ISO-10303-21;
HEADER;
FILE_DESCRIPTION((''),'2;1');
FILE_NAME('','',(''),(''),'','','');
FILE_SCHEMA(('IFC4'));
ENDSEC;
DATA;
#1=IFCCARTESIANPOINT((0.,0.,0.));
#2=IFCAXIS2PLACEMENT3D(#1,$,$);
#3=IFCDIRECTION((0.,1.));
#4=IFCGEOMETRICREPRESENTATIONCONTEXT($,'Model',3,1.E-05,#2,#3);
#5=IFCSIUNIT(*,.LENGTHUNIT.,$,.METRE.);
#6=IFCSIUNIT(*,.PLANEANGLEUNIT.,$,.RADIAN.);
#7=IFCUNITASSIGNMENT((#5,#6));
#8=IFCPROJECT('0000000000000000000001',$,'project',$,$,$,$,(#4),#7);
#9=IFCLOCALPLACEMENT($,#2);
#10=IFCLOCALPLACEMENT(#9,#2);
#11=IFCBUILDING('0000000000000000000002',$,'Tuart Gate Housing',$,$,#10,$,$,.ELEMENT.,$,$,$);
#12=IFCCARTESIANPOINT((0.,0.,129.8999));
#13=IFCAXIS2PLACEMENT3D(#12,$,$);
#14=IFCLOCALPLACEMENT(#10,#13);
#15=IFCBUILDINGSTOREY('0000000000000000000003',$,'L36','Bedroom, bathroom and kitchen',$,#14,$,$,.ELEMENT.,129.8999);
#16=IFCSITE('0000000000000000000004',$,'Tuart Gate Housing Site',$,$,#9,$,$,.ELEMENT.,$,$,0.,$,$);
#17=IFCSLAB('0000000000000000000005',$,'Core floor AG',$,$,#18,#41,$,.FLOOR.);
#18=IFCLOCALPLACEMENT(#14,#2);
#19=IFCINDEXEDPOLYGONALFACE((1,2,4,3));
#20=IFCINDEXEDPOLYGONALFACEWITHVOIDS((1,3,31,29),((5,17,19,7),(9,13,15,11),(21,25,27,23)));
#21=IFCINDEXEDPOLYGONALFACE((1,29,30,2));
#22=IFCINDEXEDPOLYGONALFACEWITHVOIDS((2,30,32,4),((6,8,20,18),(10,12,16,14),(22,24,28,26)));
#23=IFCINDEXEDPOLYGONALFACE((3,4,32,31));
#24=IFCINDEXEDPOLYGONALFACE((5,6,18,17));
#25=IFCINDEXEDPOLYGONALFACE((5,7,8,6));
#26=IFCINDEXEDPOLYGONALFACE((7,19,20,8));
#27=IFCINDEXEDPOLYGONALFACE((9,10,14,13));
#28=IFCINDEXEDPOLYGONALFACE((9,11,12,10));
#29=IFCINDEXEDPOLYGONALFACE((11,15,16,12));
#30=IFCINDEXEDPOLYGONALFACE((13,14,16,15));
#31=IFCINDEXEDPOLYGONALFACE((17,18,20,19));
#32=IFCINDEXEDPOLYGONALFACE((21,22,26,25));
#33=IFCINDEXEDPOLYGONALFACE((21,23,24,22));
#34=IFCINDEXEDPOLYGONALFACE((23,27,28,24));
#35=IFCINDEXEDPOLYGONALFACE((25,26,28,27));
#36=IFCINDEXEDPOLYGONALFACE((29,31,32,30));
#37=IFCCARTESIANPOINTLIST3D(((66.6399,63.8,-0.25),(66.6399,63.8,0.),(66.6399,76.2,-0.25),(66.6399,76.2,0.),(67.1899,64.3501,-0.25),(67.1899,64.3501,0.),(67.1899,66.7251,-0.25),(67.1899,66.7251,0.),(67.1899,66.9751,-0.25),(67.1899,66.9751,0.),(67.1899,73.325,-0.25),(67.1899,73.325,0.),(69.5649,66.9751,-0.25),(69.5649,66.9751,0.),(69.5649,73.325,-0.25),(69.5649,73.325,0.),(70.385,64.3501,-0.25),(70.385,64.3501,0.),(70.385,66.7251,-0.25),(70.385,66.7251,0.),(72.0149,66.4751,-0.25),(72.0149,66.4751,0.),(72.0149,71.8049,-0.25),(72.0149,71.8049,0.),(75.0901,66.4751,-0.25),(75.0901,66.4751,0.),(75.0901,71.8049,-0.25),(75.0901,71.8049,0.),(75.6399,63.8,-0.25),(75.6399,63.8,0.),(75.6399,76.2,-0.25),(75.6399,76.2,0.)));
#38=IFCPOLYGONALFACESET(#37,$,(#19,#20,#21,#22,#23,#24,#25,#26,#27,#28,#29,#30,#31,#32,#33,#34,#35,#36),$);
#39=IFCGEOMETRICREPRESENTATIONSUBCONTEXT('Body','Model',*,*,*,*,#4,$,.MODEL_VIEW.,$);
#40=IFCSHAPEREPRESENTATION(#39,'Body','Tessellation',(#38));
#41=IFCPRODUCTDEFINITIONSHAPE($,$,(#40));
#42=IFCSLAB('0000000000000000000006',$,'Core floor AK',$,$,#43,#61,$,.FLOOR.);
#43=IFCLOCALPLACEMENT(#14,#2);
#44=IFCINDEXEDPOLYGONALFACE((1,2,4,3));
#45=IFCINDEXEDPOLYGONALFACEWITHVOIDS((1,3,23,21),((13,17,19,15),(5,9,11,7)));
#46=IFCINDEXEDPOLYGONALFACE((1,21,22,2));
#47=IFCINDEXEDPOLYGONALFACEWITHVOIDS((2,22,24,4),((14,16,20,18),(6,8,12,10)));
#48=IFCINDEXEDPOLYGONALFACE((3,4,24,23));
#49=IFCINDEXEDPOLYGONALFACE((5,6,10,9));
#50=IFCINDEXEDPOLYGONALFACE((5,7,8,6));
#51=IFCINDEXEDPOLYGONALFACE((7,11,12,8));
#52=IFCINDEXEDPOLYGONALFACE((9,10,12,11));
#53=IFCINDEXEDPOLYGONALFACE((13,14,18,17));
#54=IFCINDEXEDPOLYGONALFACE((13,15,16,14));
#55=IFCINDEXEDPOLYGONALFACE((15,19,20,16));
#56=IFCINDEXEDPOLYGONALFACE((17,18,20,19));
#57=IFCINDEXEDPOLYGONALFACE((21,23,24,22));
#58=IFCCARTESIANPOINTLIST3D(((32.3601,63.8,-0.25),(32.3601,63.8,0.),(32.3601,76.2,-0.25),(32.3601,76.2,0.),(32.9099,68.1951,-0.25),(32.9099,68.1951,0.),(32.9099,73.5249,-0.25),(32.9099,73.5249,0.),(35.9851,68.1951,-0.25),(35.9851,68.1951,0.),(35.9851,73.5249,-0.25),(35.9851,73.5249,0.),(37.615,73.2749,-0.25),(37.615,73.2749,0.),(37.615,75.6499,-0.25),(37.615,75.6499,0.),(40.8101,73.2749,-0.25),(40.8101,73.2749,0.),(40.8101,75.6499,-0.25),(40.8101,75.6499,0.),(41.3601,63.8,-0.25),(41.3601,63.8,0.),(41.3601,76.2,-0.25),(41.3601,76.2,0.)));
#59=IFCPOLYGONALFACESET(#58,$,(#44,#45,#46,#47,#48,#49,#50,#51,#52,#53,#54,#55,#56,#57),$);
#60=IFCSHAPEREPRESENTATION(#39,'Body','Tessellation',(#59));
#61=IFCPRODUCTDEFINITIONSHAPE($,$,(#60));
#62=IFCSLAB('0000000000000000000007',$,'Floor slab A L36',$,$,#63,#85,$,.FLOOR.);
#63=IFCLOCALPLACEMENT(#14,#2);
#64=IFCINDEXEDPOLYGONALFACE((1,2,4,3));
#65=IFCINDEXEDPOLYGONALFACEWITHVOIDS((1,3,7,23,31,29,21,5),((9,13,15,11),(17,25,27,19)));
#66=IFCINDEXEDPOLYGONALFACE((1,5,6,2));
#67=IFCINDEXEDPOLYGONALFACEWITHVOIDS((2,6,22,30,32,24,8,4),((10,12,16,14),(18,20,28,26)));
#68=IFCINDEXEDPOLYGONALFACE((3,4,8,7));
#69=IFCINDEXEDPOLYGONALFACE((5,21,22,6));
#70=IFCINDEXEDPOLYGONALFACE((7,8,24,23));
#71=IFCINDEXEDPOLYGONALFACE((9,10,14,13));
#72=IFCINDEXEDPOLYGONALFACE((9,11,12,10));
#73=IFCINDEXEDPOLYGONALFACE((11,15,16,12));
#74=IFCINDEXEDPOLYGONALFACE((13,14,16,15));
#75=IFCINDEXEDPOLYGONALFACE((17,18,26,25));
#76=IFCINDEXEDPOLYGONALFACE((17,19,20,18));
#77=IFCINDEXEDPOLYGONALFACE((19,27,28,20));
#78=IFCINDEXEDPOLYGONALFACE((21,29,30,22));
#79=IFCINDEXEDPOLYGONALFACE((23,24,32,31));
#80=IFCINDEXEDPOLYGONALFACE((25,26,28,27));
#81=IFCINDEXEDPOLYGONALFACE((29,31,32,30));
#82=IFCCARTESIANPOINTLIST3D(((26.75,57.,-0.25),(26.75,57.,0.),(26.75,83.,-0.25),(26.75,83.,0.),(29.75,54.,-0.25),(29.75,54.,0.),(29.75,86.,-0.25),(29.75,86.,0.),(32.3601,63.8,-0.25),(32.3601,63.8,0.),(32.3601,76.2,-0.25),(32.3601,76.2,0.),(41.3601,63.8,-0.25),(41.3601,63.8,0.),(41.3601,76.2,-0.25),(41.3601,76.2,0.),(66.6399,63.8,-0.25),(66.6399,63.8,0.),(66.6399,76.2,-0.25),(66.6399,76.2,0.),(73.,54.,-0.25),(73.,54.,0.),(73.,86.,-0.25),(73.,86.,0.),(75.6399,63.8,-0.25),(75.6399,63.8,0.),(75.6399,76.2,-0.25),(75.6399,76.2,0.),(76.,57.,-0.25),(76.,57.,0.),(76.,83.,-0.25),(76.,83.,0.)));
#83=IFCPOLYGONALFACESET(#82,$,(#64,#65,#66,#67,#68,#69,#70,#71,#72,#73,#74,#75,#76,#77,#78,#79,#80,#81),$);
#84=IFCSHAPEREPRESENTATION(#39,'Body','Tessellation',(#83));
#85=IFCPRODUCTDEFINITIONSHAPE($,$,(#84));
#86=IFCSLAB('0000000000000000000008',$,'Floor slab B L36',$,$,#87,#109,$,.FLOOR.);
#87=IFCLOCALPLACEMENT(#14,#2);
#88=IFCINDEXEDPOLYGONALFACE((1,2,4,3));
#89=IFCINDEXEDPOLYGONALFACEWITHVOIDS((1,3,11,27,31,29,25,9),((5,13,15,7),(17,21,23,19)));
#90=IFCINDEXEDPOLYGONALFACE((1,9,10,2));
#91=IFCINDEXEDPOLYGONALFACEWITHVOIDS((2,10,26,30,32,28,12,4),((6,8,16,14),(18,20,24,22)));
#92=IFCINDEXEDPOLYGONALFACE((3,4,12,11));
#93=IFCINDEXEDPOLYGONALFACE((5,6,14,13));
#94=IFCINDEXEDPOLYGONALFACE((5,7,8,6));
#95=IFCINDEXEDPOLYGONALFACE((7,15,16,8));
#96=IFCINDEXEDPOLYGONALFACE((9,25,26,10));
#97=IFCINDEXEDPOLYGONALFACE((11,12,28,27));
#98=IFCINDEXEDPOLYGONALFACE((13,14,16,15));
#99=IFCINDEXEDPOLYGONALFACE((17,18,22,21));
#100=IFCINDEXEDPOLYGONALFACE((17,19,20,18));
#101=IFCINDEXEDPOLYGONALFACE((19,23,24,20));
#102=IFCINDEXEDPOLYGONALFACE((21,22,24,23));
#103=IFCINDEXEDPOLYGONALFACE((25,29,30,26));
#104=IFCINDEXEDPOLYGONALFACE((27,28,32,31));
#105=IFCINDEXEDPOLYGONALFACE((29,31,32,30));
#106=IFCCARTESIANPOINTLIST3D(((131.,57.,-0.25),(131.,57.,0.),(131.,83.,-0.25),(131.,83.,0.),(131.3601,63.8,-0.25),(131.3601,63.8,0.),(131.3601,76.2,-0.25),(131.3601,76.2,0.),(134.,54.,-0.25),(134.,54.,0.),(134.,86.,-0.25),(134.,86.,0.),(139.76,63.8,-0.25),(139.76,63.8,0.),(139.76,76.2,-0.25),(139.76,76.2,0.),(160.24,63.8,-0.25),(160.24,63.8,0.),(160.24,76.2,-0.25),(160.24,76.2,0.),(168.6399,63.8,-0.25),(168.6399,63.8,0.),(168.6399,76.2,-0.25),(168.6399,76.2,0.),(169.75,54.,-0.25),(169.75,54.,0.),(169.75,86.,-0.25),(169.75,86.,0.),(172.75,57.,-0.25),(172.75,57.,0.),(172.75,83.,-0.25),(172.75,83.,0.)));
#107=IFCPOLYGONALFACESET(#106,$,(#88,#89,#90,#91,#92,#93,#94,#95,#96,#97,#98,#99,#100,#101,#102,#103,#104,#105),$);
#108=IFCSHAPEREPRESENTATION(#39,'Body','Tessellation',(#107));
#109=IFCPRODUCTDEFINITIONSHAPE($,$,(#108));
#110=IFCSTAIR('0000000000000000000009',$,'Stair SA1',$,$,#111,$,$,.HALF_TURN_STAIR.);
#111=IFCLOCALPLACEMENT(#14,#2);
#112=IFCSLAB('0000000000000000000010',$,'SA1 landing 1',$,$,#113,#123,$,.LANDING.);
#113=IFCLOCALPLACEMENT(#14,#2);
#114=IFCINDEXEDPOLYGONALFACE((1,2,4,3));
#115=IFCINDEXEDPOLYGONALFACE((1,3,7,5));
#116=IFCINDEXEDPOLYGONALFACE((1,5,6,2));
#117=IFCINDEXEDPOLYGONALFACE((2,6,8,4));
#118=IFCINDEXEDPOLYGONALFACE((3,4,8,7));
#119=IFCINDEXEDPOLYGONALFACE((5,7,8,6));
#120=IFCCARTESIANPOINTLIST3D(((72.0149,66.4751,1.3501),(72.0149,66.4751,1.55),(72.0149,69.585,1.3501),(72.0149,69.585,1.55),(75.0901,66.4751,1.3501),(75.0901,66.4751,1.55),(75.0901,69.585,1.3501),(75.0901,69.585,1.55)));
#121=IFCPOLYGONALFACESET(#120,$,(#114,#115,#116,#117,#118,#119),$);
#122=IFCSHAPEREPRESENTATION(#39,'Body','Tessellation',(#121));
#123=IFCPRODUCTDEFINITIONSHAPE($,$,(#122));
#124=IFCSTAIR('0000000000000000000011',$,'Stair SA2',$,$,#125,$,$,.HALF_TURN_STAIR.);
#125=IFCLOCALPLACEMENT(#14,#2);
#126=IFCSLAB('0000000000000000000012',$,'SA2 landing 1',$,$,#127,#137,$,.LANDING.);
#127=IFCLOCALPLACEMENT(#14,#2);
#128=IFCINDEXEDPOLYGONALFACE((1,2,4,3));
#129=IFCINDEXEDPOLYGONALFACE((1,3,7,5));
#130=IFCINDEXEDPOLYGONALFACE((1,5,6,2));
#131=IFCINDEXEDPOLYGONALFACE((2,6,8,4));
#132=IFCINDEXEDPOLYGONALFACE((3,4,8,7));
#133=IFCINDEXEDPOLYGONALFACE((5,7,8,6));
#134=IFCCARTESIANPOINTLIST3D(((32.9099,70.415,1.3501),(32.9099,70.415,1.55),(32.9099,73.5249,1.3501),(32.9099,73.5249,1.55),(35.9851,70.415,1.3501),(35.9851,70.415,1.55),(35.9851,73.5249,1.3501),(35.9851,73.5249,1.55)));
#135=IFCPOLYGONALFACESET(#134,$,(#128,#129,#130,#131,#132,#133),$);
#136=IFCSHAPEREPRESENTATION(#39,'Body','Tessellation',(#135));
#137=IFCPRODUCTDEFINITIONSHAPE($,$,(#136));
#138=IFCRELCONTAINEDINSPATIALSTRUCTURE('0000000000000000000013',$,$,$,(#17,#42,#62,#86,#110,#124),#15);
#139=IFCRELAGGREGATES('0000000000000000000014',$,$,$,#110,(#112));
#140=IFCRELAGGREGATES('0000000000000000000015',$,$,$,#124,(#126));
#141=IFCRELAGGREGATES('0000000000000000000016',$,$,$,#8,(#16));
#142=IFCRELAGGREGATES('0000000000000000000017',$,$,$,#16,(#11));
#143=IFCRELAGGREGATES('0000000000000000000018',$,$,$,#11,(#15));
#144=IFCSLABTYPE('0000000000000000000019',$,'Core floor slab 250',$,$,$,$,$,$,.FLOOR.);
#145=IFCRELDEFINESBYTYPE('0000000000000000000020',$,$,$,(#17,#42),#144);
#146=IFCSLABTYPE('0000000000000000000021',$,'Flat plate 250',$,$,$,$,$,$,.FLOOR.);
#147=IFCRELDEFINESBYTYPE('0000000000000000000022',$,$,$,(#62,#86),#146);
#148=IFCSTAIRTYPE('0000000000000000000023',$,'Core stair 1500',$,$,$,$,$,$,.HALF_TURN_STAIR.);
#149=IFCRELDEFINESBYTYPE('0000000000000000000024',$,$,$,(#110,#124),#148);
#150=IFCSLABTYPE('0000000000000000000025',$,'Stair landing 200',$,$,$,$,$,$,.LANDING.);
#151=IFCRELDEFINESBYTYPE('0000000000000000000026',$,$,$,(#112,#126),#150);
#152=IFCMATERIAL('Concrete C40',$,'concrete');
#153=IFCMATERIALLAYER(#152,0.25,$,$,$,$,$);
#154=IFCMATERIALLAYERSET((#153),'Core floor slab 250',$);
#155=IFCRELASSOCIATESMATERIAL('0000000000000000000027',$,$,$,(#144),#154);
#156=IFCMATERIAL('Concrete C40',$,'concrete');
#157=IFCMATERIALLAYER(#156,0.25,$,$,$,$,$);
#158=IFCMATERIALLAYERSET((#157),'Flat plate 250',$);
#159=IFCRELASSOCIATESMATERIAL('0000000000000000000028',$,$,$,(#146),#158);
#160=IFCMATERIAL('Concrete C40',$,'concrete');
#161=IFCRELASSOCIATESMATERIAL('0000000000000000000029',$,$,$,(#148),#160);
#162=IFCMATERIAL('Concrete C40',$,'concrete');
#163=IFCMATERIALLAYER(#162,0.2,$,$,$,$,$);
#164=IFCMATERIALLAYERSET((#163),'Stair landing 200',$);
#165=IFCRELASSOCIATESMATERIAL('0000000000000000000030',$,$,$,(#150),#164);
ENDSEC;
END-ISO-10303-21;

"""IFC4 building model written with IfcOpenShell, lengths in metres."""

from ifc_helpers import new_model, si_unit, direction, frame, origin, place, context, subcontext, project, spatial, polyline, outline, extrude, material, layer, layer_set, type_object, element, aggregate, save


model = new_model("IFC4")

# Units and contexts
model_context = context("Model", 3, precision=1e-05, world=origin(), true_north=direction((0.0, 1.0)))
body_context = subcontext(model_context, "Body", "Model", "MODEL_VIEW")
ifc_project = project(units=[si_unit("LENGTHUNIT", "METRE"), si_unit("PLANEANGLEUNIT", "RADIAN")], contexts=[model_context])

# Site, building, storey
site_placement = place(None, origin())
site = spatial("IfcSite", under=ifc_project, at=site_placement, Name="Tuart Gate Housing Site", CompositionType="ELEMENT", RefElevation=0.0)
building_placement = place(site_placement, origin())
building = spatial("IfcBuilding", under=site, at=building_placement, Name="Tuart Gate Housing", CompositionType="ELEMENT")
storey_placement = place(building_placement, frame((0.0, 0.0, 129.8999)))
storey = spatial("IfcBuildingStorey", under=building, at=storey_placement, Name="L36", Description="Bedroom, bathroom and kitchen", CompositionType="ELEMENT", Elevation=129.8999)

# Slabs
ifc_material_1 = material(Name="Concrete C40", Category="concrete")
ifc_layer_1 = layer(ifc_material_1, 0.25)
ifc_layer_set_1 = layer_set([ifc_layer_1], Name="Core floor slab 250")
slab_type_1 = type_object("IfcSlabType", Name="Core floor slab 250", PredefinedType="FLOOR", material=ifc_layer_set_1)
slab_1_placement = place(storey_placement, frame((0.0, 0.0, -0.25)))
element("IfcSlab", 1, at=slab_1_placement, inside=storey, type_object=slab_type_1, Name="Core floor AG", PredefinedType="FLOOR", context=body_context, shape_type="SweptSolid", body=[
    extrude(outline(polyline([(66.6399, 63.8), (75.6399, 63.8), (75.6399, 76.2), (66.6399, 76.2), (66.6399, 63.8)]), holes=[polyline([(67.1899, 64.3501), (70.385, 64.3501), (70.385, 66.7251), (67.1899, 66.7251), (67.1899, 64.3501)]), polyline([(67.1899, 66.9751), (69.5649, 66.9751), (69.5649, 73.325), (67.1899, 73.325), (67.1899, 66.9751)]), polyline([(72.0149, 66.4751), (75.0901, 66.4751), (75.0901, 71.8049), (72.0149, 71.8049), (72.0149, 66.4751)])]), origin(), (0.0, 0.0, 1.0), 0.25),
])
slab_2_placement = place(storey_placement, frame((0.0, 0.0, -0.25)))
element("IfcSlab", 2, at=slab_2_placement, inside=storey, type_object=slab_type_1, Name="Core floor AK", PredefinedType="FLOOR", context=body_context, shape_type="SweptSolid", body=[
    extrude(outline(polyline([(32.3601, 63.8), (41.3601, 63.8), (41.3601, 76.2), (32.3601, 76.2), (32.3601, 63.8)]), holes=[polyline([(40.8101, 75.6499), (37.615, 75.6499), (37.615, 73.2749), (40.8101, 73.2749), (40.8101, 75.6499)]), polyline([(35.9851, 73.5249), (32.9099, 73.5249), (32.9099, 68.1951), (35.9851, 68.1951), (35.9851, 73.5249)])]), origin(), (0.0, 0.0, 1.0), 0.25),
])
ifc_material_2 = material(Name="Concrete C40", Category="concrete")
ifc_layer_2 = layer(ifc_material_2, 0.25)
ifc_layer_set_2 = layer_set([ifc_layer_2], Name="Flat plate 250")
slab_type_2 = type_object("IfcSlabType", Name="Flat plate 250", PredefinedType="FLOOR", material=ifc_layer_set_2)
slab_3_placement = place(storey_placement, frame((0.0, 0.0, -0.25)))
element("IfcSlab", 3, at=slab_3_placement, inside=storey, type_object=slab_type_2, Name="Floor slab A L36", PredefinedType="FLOOR", context=body_context, shape_type="SweptSolid", body=[
    extrude(outline(polyline([(29.75, 86.0), (26.75, 83.0), (26.75, 57.0), (29.75, 54.0), (73.0, 54.0), (76.0, 57.0), (76.0, 83.0), (73.0, 86.0), (29.75, 86.0)]), holes=[polyline([(66.6399, 76.2), (75.6399, 76.2), (75.6399, 63.8), (66.6399, 63.8), (66.6399, 76.2)]), polyline([(41.3601, 76.2), (41.3601, 63.8), (32.3601, 63.8), (32.3601, 76.2), (41.3601, 76.2)])]), origin(), (0.0, 0.0, 1.0), 0.25),
])
slab_4_placement = place(storey_placement, frame((0.0, 0.0, -0.25)))
element("IfcSlab", 4, at=slab_4_placement, inside=storey, type_object=slab_type_2, Name="Floor slab B L36", PredefinedType="FLOOR", context=body_context, shape_type="SweptSolid", body=[
    extrude(outline(polyline([(134.0, 86.0), (131.0, 83.0), (131.0, 57.0), (134.0, 54.0), (169.75, 54.0), (172.75, 57.0), (172.75, 83.0), (169.75, 86.0), (134.0, 86.0)]), holes=[polyline([(131.3601, 76.2), (139.76, 76.2), (139.76, 63.8), (131.3601, 63.8), (131.3601, 76.2)]), polyline([(168.6399, 76.2), (168.6399, 63.8), (160.24, 63.8), (160.24, 76.2), (168.6399, 76.2)])]), origin(), (0.0, 0.0, 1.0), 0.25),
])

# Stairs, slabs
ifc_material_3 = material(Name="Concrete C40", Category="concrete")
stair_type = type_object("IfcStairType", Name="Core stair 1500", PredefinedType="HALF_TURN_STAIR", material=ifc_material_3)
stair_1_placement = place(storey_placement, origin())
stair_1 = element("IfcStair", 5, at=stair_1_placement, inside=storey, type_object=stair_type, Name="Stair SA1", PredefinedType="HALF_TURN_STAIR")
ifc_material_4 = material(Name="Concrete C40", Category="concrete")
ifc_layer_3 = layer(ifc_material_4, 0.2)
ifc_layer_set_3 = layer_set([ifc_layer_3], Name="Stair landing 200")
slab_type_3 = type_object("IfcSlabType", Name="Stair landing 200", PredefinedType="LANDING", material=ifc_layer_set_3)
slab_5_placement = place(storey_placement, frame((0.0, 0.0, 1.3501)))
slab_5 = element("IfcSlab", 6, at=slab_5_placement, type_object=slab_type_3, Name="SA1 landing 1", PredefinedType="LANDING", context=body_context, shape_type="SweptSolid", body=[
    extrude(outline(polyline([(72.0149, 66.4751), (75.0901, 66.4751), (75.0901, 69.585), (72.0149, 69.585), (72.0149, 66.4751)])), origin(), (0.0, 0.0, 1.0), 0.2),
])
aggregate(stair_1, [slab_5])
stair_2_placement = place(storey_placement, origin())
stair_2 = element("IfcStair", 7, at=stair_2_placement, inside=storey, type_object=stair_type, Name="Stair SA2", PredefinedType="HALF_TURN_STAIR")
slab_6_placement = place(storey_placement, frame((0.0, 0.0, 1.3501)))
slab_6 = element("IfcSlab", 8, at=slab_6_placement, type_object=slab_type_3, Name="SA2 landing 1", PredefinedType="LANDING", context=body_context, shape_type="SweptSolid", body=[
    extrude(outline(polyline([(35.9851, 73.5249), (32.9099, 73.5249), (32.9099, 70.415), (35.9851, 70.415), (35.9851, 73.5249)])), origin(), (0.0, 0.0, 1.0), 0.2),
])
aggregate(stair_2, [slab_6])

save(model, "model.ifc")
